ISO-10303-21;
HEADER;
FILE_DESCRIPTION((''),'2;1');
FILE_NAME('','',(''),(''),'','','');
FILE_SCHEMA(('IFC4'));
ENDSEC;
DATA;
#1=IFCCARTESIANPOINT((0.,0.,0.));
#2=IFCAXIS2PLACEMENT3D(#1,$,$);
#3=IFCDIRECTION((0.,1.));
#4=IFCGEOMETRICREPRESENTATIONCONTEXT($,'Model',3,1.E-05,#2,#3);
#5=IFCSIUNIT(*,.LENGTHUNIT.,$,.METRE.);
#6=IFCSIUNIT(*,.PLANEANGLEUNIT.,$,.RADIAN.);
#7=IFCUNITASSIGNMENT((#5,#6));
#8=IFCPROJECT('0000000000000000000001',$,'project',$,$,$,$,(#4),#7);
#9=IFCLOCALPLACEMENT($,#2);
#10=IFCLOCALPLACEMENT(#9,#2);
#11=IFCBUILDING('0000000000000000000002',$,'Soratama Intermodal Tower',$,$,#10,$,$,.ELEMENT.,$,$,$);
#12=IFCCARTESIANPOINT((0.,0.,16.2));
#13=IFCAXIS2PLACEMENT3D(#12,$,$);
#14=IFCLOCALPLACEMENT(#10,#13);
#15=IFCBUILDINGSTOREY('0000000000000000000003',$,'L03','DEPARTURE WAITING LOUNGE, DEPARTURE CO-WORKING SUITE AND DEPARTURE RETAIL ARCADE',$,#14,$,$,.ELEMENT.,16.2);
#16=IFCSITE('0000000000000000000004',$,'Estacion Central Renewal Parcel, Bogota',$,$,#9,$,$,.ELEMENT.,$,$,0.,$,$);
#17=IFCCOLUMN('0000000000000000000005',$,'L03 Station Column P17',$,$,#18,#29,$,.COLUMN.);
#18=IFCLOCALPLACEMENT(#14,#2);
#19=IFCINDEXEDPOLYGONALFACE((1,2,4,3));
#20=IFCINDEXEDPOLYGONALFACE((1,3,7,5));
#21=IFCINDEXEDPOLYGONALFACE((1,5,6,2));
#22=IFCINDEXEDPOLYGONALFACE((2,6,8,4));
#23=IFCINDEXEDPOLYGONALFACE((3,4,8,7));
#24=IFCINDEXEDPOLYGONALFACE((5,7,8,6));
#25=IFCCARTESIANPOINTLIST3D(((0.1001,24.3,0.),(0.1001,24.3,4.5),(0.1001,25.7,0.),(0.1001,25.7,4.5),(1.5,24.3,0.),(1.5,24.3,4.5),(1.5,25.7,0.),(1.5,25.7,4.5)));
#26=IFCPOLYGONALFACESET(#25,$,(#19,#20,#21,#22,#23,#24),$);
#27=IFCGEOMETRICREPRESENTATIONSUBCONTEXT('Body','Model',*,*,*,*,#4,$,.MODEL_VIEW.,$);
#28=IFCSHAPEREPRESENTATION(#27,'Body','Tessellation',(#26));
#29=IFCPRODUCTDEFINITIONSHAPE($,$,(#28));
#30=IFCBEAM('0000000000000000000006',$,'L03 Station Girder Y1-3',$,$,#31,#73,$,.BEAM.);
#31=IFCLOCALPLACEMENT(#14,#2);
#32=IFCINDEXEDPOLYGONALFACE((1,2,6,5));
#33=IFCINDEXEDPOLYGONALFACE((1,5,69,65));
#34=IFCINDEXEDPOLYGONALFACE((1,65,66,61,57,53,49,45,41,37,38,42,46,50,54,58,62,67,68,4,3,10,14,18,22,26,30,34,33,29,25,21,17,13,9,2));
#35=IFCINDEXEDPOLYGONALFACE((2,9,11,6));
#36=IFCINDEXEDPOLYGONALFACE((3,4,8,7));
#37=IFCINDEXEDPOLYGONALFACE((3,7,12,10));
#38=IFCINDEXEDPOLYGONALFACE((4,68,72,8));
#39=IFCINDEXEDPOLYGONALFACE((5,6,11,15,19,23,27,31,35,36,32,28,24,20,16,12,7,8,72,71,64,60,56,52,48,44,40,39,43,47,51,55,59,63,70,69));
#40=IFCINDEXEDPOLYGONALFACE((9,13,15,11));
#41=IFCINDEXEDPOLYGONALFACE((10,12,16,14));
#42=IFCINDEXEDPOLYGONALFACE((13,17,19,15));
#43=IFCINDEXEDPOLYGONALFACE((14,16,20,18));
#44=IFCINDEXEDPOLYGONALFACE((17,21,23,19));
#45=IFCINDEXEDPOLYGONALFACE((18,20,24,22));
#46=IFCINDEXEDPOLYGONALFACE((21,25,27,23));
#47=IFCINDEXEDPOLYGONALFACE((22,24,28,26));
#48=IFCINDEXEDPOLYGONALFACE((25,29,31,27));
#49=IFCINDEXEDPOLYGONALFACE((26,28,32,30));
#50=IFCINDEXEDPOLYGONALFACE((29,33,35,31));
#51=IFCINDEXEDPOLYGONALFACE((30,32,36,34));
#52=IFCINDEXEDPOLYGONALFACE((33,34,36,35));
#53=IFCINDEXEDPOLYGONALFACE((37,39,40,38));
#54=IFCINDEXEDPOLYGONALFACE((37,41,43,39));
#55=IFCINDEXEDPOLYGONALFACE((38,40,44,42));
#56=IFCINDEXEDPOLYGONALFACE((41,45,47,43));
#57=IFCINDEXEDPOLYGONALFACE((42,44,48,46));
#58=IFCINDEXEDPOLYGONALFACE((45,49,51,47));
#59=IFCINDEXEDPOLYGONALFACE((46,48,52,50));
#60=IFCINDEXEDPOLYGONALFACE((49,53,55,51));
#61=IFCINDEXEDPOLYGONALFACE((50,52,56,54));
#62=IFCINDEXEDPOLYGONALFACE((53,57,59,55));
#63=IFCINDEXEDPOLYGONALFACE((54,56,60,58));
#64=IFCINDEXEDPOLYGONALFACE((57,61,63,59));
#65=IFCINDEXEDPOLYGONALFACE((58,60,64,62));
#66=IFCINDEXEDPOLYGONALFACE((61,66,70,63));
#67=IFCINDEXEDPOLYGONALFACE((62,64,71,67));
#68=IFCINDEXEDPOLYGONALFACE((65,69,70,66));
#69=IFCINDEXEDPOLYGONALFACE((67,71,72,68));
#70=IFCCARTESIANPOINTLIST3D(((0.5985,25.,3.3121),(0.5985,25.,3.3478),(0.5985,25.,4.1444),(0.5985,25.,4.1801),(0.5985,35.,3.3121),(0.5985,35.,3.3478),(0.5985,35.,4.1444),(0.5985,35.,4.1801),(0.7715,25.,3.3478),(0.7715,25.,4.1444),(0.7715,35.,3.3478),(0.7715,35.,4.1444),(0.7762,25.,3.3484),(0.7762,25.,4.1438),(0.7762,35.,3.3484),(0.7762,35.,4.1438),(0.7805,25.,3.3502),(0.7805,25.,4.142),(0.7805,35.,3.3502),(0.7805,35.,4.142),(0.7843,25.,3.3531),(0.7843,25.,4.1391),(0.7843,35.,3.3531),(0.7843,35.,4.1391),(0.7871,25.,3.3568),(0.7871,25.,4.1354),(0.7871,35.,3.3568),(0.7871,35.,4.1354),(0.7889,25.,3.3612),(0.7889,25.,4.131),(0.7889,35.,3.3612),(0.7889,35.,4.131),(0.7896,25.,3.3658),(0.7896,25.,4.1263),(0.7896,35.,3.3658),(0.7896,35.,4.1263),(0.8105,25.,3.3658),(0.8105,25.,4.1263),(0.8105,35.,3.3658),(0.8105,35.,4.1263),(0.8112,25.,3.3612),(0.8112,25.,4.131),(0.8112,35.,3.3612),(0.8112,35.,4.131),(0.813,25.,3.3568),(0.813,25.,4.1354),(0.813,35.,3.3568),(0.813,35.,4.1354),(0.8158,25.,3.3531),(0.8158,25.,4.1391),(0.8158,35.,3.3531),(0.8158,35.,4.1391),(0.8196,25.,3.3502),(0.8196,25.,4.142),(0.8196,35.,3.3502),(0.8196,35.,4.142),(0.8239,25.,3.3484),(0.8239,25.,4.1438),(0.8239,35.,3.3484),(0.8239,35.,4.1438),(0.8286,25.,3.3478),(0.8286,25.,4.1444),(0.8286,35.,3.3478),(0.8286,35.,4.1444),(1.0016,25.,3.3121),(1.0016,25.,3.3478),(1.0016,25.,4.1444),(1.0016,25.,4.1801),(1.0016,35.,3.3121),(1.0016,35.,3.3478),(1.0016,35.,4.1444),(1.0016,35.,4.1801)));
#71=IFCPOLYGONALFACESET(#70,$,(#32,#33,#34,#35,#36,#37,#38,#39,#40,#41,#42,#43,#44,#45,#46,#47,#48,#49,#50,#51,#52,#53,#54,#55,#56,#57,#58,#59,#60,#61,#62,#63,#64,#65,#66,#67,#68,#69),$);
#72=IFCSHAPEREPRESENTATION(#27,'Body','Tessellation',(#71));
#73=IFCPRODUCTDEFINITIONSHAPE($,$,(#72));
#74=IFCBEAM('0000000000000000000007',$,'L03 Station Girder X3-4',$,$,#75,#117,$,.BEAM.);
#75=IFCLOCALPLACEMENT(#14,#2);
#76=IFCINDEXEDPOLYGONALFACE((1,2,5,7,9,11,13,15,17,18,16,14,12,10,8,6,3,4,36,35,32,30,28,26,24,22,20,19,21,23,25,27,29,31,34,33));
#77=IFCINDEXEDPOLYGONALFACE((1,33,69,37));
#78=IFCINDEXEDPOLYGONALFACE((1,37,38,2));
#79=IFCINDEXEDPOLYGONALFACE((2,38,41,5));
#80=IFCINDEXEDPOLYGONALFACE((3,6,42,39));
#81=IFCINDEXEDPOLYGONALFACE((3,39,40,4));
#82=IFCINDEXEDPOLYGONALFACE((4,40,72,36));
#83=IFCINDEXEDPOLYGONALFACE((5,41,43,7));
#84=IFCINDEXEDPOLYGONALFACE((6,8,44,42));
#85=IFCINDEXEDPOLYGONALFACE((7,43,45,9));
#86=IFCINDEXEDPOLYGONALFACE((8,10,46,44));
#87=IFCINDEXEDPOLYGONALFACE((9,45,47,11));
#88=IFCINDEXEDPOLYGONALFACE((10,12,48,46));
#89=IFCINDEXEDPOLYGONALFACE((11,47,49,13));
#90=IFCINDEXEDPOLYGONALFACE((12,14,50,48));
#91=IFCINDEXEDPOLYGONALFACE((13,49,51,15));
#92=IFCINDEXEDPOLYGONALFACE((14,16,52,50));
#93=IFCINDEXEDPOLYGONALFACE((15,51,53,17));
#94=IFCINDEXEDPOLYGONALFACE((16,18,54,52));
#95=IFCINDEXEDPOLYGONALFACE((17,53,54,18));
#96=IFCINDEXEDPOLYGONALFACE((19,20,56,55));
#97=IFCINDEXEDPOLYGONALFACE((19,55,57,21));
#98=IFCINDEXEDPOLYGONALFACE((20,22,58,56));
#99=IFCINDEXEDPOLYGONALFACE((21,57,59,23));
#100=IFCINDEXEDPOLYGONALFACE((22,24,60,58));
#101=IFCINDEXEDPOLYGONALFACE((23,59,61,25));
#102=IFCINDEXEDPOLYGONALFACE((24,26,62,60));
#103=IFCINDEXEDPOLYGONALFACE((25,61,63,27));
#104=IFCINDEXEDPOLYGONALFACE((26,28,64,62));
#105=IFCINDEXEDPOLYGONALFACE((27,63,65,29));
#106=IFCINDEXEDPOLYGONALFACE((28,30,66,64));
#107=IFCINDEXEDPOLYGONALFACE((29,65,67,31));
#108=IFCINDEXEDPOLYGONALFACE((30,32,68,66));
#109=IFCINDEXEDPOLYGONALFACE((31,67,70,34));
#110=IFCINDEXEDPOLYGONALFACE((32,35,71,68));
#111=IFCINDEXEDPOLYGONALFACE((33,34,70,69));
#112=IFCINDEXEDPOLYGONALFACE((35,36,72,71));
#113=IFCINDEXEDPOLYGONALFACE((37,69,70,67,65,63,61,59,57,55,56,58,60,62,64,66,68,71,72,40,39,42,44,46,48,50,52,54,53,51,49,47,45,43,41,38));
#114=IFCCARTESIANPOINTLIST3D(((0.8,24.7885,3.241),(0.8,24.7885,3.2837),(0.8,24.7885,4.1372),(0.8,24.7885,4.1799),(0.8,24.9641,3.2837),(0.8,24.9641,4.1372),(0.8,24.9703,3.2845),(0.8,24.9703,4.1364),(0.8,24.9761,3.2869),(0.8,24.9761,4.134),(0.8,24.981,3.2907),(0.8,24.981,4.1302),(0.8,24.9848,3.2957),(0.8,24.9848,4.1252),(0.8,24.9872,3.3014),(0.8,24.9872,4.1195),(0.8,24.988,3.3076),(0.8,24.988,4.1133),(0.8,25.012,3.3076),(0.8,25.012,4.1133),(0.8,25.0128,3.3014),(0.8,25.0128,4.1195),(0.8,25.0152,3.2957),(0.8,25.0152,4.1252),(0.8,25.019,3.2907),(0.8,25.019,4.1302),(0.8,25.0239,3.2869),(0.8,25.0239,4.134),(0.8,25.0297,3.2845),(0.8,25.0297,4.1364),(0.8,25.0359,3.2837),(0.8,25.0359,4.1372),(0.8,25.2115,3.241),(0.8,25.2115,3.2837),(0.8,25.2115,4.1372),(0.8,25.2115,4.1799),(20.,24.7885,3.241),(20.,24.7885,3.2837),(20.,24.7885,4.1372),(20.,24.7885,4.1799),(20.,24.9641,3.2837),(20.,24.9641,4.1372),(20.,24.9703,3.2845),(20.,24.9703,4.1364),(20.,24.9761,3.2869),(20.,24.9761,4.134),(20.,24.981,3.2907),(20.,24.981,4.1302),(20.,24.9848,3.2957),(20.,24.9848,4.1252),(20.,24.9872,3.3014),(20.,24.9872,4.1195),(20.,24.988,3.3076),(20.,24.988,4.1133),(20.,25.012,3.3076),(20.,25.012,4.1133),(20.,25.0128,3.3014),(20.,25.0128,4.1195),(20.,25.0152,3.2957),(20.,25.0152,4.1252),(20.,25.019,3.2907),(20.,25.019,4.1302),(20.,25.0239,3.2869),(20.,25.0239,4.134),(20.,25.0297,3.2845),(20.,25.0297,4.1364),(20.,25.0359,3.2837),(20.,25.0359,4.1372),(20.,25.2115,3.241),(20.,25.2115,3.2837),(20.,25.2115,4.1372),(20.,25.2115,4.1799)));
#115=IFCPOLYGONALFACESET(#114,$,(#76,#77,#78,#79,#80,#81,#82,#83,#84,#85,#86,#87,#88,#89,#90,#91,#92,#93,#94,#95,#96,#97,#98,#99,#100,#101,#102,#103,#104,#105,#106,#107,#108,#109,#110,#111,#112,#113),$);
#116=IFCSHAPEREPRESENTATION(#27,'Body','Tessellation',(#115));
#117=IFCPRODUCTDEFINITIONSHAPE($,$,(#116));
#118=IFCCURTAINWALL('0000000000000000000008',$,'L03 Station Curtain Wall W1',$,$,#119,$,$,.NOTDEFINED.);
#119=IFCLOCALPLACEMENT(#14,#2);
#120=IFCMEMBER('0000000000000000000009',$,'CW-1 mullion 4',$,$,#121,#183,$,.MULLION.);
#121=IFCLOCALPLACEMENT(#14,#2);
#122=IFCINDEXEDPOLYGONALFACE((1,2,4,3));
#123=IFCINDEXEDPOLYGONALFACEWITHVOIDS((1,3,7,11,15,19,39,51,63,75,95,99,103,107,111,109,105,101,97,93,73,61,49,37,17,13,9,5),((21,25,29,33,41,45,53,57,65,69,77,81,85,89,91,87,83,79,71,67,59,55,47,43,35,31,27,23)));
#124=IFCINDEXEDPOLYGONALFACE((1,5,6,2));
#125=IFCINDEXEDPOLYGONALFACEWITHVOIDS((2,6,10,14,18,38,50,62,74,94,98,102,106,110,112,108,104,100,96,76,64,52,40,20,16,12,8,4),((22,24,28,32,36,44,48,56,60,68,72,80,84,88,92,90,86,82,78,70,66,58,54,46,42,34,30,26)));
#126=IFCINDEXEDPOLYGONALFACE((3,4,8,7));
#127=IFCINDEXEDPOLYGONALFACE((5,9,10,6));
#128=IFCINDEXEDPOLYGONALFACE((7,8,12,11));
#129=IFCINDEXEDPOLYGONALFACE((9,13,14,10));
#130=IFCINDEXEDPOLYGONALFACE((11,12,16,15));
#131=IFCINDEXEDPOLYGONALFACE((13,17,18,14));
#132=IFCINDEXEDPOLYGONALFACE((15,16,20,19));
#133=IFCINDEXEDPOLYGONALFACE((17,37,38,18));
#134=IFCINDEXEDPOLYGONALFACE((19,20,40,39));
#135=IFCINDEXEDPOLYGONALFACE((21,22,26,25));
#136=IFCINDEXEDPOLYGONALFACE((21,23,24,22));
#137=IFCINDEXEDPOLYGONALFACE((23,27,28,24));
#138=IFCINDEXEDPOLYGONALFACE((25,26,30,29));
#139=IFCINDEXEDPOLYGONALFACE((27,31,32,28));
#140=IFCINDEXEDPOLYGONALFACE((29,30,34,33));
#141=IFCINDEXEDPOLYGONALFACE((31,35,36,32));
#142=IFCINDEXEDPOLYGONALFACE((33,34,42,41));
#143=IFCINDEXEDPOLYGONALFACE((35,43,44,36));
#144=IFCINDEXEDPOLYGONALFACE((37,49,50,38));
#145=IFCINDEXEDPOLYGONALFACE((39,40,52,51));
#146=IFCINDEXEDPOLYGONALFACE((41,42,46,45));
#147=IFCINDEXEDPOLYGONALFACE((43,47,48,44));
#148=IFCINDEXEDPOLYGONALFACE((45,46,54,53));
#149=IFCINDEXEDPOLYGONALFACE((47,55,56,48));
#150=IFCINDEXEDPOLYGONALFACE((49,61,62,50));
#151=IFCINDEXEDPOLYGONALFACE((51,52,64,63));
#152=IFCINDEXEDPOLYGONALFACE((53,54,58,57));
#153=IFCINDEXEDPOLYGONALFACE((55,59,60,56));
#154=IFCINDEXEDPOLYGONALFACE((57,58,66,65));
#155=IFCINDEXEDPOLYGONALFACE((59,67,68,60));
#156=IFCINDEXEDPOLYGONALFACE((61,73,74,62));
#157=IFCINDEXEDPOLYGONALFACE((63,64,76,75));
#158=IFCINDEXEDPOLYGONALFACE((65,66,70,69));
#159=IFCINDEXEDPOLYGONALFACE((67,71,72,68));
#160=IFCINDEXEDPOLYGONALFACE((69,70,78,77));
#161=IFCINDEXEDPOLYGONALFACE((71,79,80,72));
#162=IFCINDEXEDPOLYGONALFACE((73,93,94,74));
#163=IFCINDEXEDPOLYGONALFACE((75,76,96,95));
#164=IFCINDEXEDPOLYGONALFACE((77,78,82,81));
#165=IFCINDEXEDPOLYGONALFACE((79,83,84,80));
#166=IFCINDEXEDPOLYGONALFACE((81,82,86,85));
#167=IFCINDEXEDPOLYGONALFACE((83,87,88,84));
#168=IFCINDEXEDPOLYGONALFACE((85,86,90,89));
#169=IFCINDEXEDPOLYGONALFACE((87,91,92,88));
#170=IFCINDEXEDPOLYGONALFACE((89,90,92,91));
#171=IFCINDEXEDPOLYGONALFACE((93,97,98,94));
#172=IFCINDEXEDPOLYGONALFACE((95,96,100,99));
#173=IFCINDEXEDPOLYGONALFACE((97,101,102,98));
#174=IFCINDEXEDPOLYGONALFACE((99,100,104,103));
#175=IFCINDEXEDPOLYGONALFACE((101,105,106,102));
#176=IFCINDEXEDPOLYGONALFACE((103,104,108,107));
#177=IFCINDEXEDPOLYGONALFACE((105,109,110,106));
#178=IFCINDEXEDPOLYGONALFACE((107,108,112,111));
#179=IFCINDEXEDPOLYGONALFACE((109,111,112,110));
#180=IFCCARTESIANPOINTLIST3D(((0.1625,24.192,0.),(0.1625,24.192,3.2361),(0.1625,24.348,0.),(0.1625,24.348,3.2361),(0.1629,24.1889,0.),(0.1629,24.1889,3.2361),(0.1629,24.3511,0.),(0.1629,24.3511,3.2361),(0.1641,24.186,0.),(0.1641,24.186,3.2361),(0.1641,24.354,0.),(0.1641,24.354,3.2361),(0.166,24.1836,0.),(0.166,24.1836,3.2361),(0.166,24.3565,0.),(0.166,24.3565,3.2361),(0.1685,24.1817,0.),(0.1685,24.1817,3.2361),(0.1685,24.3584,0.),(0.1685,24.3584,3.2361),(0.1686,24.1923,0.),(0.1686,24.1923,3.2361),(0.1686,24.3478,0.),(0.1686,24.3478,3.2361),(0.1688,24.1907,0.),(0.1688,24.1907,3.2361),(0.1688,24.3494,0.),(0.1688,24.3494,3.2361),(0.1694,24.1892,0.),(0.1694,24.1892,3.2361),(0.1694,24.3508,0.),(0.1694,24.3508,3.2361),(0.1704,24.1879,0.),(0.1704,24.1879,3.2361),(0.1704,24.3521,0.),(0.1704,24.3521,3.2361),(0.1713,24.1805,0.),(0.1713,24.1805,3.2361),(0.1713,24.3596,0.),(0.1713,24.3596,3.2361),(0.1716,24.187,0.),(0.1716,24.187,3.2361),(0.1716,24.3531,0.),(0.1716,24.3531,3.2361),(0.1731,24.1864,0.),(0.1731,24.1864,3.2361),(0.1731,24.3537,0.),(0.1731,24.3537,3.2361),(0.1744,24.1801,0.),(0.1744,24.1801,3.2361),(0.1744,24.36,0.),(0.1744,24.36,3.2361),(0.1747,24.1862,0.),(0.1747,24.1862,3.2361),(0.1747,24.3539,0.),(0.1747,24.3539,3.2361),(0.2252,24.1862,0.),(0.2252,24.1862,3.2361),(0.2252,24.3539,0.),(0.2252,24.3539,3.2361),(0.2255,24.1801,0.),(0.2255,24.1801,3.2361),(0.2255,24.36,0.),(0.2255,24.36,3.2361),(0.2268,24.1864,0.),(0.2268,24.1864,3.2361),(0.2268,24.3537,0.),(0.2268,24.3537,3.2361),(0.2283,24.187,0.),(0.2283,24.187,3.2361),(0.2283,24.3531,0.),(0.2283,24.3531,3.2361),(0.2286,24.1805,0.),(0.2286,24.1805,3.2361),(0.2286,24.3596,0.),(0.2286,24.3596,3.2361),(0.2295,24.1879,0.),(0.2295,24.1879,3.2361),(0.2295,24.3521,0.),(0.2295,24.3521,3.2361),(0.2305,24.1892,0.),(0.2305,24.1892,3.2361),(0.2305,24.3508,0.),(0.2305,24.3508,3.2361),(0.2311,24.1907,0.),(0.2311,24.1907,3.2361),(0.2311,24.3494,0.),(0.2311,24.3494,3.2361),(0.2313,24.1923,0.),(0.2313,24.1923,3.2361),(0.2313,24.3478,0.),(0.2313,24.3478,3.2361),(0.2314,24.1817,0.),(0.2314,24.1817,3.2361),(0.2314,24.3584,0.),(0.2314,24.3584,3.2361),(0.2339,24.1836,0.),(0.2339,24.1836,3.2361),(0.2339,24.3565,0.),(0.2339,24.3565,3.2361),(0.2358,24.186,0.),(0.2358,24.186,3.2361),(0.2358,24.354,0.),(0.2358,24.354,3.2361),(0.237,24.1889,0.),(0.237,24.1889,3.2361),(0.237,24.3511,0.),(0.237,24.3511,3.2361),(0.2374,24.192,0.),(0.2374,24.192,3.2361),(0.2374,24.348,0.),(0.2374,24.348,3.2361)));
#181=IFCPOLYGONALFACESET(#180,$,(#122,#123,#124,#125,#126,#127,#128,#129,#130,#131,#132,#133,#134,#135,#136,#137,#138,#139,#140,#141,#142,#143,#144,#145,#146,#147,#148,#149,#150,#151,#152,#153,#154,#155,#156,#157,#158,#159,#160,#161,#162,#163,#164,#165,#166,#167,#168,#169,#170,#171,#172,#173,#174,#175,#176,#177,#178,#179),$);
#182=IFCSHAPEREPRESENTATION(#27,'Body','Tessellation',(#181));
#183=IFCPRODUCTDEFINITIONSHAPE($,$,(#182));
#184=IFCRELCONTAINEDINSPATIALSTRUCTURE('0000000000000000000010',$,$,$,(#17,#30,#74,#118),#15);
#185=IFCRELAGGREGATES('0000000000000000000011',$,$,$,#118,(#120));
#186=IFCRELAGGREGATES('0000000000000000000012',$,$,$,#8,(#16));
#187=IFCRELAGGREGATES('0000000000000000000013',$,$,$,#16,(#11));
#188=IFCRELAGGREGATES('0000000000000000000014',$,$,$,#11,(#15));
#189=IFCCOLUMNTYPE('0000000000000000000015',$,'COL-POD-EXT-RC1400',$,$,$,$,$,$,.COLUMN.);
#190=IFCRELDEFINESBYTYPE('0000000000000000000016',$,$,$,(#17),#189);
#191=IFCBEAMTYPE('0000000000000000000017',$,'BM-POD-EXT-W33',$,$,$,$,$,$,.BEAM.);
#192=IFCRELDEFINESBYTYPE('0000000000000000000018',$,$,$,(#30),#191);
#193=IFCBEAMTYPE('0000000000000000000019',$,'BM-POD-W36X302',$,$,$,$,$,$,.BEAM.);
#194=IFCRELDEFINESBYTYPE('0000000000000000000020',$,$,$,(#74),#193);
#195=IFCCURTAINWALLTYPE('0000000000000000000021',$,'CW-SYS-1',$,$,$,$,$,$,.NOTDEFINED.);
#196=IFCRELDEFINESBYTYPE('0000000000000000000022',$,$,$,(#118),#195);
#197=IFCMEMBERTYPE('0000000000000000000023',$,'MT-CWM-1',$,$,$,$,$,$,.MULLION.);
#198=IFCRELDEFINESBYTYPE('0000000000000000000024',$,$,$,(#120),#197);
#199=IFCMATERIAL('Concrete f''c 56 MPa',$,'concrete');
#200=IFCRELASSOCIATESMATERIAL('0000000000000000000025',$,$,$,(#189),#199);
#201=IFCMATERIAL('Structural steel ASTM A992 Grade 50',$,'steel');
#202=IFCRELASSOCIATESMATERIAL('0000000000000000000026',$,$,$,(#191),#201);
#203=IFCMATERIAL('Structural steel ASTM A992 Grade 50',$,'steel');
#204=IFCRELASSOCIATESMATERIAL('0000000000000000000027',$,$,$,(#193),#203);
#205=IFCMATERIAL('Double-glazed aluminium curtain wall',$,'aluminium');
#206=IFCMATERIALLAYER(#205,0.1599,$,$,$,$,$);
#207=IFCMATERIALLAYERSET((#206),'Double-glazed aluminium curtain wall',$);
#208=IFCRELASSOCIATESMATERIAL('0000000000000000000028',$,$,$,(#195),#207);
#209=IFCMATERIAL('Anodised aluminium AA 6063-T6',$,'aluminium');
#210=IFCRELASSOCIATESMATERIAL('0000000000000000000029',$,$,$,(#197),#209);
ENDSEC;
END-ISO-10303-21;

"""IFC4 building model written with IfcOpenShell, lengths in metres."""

from ifc_helpers import new_model, si_unit, direction, frame, origin, origin_2d, place, context, subcontext, project, spatial, rectangle, hollow_rectangle, i_section, extrude, material, layer, layer_set, material_profile, profile_set, type_object, element, aggregate, save


model = new_model("IFC4")

# Units and contexts
model_context = context("Model", 3, precision=1e-05, world=origin(), true_north=direction((0.0, 1.0)))
body_context = subcontext(model_context, "Body", "Model", "MODEL_VIEW")
ifc_project = project(units=[si_unit("LENGTHUNIT", "METRE"), si_unit("PLANEANGLEUNIT", "RADIAN")], contexts=[model_context])

# Site, building, storey
site_placement = place(None, origin())
site = spatial("IfcSite", under=ifc_project, at=site_placement, Name="Estacion Central Renewal Parcel, Bogota", CompositionType="ELEMENT", RefElevation=0.0)
building_placement = place(site_placement, origin())
building = spatial("IfcBuilding", under=site, at=building_placement, Name="Soratama Intermodal Tower", CompositionType="ELEMENT")
storey_placement = place(building_placement, frame((0.0, 0.0, 16.2)))
storey = spatial("IfcBuildingStorey", under=building, at=storey_placement, Name="L03", Description="DEPARTURE WAITING LOUNGE, DEPARTURE CO-WORKING SUITE AND DEPARTURE RETAIL ARCADE", CompositionType="ELEMENT", Elevation=16.2)

# Column
ifc_material_1 = material(Name="Concrete f'c 56 MPa", Category="concrete")
ifc_material_profile_1 = material_profile(ifc_material_1, rectangle(XDim=1.3999, YDim=1.3999, at=origin_2d()), Name="RC1400X1400")
ifc_profile_set_1 = profile_set([ifc_material_profile_1], Name="Concrete f'c 56 MPa")
column_type = type_object("IfcColumnType", Name="COL-POD-EXT-RC1400", PredefinedType="COLUMN", material=ifc_profile_set_1)
column_placement = place(storey_placement, frame((0.8, 25.0, 0.0), z_axis=(0.0, 0.0, 1.0), x_axis=(1.0, 0.0, 0.0)))
element("IfcColumn", 1, at=column_placement, inside=storey, type_object=column_type, Name="L03 Station Column P17", PredefinedType="COLUMN", context=body_context, shape_type="SweptSolid", body=[
    extrude(rectangle(XDim=1.3999, YDim=1.3999, at=origin_2d()), origin(), (0.0, 0.0, 1.0), 4.5),
])

# Beams
ifc_material_2 = material(Name="Structural steel ASTM A992 Grade 50", Category="steel")
ifc_material_profile_2 = material_profile(ifc_material_2, i_section(OverallWidth=0.4031, OverallDepth=0.8679, WebThickness=0.021, FlangeThickness=0.0356, FilletRadius=0.0181, at=origin_2d()), Name="W33X241")
ifc_profile_set_2 = profile_set([ifc_material_profile_2], Name="Structural steel ASTM A992 Grade 50")
beam_type_1 = type_object("IfcBeamType", Name="BM-POD-EXT-W33", PredefinedType="BEAM", material=ifc_profile_set_2)
beam_1_placement = place(storey_placement, frame((0.8, 25.0, 3.7461), z_axis=(0.0, 1.0, 0.0), x_axis=(-1.0, 0.0, 0.0)))
element("IfcBeam", 2, at=beam_1_placement, inside=storey, type_object=beam_type_1, Name="L03 Station Girder Y1-3", PredefinedType="BEAM", context=body_context, shape_type="SweptSolid", body=[
    extrude(i_section(OverallWidth=0.4031, OverallDepth=0.8679, WebThickness=0.021, FlangeThickness=0.0356, FilletRadius=0.0181, at=origin_2d()), origin(), (0.0, 0.0, 1.0), 10.0),
])
ifc_material_3 = material(Name="Structural steel ASTM A992 Grade 50", Category="steel")
ifc_material_profile_3 = material_profile(ifc_material_3, i_section(OverallWidth=0.4231, OverallDepth=0.939, WebThickness=0.0239, FlangeThickness=0.0427, FilletRadius=0.0239, at=origin_2d()), Name="W36X302")
ifc_profile_set_3 = profile_set([ifc_material_profile_3], Name="Structural steel ASTM A992 Grade 50")
beam_type_2 = type_object("IfcBeamType", Name="BM-POD-W36X302", PredefinedType="BEAM", material=ifc_profile_set_3)
beam_2_placement = place(storey_placement, frame((0.8, 25.0, 3.7104), z_axis=(1.0, 0.0, 0.0), x_axis=(0.0, 1.0, 0.0)))
element("IfcBeam", 3, at=beam_2_placement, inside=storey, type_object=beam_type_2, Name="L03 Station Girder X3-4", PredefinedType="BEAM", context=body_context, shape_type="SweptSolid", body=[
    extrude(i_section(OverallWidth=0.4231, OverallDepth=0.939, WebThickness=0.0239, FlangeThickness=0.0427, FilletRadius=0.0239, at=origin_2d()), origin(), (0.0, 0.0, 1.0), 19.2),
])

# Curtain wall, member
ifc_material_4 = material(Name="Double-glazed aluminium curtain wall", Category="aluminium")
ifc_layer_1 = layer(ifc_material_4, 0.1599)
ifc_layer_set_1 = layer_set([ifc_layer_1], Name="Double-glazed aluminium curtain wall")
curtain_wall_type = type_object("IfcCurtainWallType", Name="CW-SYS-1", PredefinedType="NOTDEFINED", material=ifc_layer_set_1)
curtain_wall_1_placement = place(storey_placement, origin())
curtain_wall_1 = element("IfcCurtainWall", 4, at=curtain_wall_1_placement, inside=storey, type_object=curtain_wall_type, Name="L03 Station Curtain Wall W1", PredefinedType="NOTDEFINED")
ifc_material_5 = material(Name="Anodised aluminium AA 6063-T6", Category="aluminium")
ifc_material_profile_4 = material_profile(ifc_material_5, hollow_rectangle(XDim=0.075, YDim=0.1799, WallThickness=0.0061, InnerFilletRadius=0.0061, OuterFilletRadius=0.012, at=origin_2d()), Name="CWM180X75X6")
ifc_profile_set_4 = profile_set([ifc_material_profile_4], Name="Anodised aluminium AA 6063-T6")
member_type_1 = type_object("IfcMemberType", Name="MT-CWM-1", PredefinedType="MULLION", material=ifc_profile_set_4)
member_1_placement = place(storey_placement, frame((0.2, 24.27, 0.0), z_axis=(0.0, 0.0, 1.0), x_axis=(-1.0, 0.0, 0.0)))
member_1 = element("IfcMember", 5, at=member_1_placement, type_object=member_type_1, Name="CW-1 mullion 4", PredefinedType="MULLION", context=body_context, shape_type="SweptSolid", body=[
    extrude(hollow_rectangle(XDim=0.075, YDim=0.1799, WallThickness=0.0061, InnerFilletRadius=0.0061, OuterFilletRadius=0.012, at=origin_2d()), origin(), (0.0, 0.0, 1.0), 3.2361),
])

aggregate(curtain_wall_1, [member_1])

save(model, "model.ifc")
